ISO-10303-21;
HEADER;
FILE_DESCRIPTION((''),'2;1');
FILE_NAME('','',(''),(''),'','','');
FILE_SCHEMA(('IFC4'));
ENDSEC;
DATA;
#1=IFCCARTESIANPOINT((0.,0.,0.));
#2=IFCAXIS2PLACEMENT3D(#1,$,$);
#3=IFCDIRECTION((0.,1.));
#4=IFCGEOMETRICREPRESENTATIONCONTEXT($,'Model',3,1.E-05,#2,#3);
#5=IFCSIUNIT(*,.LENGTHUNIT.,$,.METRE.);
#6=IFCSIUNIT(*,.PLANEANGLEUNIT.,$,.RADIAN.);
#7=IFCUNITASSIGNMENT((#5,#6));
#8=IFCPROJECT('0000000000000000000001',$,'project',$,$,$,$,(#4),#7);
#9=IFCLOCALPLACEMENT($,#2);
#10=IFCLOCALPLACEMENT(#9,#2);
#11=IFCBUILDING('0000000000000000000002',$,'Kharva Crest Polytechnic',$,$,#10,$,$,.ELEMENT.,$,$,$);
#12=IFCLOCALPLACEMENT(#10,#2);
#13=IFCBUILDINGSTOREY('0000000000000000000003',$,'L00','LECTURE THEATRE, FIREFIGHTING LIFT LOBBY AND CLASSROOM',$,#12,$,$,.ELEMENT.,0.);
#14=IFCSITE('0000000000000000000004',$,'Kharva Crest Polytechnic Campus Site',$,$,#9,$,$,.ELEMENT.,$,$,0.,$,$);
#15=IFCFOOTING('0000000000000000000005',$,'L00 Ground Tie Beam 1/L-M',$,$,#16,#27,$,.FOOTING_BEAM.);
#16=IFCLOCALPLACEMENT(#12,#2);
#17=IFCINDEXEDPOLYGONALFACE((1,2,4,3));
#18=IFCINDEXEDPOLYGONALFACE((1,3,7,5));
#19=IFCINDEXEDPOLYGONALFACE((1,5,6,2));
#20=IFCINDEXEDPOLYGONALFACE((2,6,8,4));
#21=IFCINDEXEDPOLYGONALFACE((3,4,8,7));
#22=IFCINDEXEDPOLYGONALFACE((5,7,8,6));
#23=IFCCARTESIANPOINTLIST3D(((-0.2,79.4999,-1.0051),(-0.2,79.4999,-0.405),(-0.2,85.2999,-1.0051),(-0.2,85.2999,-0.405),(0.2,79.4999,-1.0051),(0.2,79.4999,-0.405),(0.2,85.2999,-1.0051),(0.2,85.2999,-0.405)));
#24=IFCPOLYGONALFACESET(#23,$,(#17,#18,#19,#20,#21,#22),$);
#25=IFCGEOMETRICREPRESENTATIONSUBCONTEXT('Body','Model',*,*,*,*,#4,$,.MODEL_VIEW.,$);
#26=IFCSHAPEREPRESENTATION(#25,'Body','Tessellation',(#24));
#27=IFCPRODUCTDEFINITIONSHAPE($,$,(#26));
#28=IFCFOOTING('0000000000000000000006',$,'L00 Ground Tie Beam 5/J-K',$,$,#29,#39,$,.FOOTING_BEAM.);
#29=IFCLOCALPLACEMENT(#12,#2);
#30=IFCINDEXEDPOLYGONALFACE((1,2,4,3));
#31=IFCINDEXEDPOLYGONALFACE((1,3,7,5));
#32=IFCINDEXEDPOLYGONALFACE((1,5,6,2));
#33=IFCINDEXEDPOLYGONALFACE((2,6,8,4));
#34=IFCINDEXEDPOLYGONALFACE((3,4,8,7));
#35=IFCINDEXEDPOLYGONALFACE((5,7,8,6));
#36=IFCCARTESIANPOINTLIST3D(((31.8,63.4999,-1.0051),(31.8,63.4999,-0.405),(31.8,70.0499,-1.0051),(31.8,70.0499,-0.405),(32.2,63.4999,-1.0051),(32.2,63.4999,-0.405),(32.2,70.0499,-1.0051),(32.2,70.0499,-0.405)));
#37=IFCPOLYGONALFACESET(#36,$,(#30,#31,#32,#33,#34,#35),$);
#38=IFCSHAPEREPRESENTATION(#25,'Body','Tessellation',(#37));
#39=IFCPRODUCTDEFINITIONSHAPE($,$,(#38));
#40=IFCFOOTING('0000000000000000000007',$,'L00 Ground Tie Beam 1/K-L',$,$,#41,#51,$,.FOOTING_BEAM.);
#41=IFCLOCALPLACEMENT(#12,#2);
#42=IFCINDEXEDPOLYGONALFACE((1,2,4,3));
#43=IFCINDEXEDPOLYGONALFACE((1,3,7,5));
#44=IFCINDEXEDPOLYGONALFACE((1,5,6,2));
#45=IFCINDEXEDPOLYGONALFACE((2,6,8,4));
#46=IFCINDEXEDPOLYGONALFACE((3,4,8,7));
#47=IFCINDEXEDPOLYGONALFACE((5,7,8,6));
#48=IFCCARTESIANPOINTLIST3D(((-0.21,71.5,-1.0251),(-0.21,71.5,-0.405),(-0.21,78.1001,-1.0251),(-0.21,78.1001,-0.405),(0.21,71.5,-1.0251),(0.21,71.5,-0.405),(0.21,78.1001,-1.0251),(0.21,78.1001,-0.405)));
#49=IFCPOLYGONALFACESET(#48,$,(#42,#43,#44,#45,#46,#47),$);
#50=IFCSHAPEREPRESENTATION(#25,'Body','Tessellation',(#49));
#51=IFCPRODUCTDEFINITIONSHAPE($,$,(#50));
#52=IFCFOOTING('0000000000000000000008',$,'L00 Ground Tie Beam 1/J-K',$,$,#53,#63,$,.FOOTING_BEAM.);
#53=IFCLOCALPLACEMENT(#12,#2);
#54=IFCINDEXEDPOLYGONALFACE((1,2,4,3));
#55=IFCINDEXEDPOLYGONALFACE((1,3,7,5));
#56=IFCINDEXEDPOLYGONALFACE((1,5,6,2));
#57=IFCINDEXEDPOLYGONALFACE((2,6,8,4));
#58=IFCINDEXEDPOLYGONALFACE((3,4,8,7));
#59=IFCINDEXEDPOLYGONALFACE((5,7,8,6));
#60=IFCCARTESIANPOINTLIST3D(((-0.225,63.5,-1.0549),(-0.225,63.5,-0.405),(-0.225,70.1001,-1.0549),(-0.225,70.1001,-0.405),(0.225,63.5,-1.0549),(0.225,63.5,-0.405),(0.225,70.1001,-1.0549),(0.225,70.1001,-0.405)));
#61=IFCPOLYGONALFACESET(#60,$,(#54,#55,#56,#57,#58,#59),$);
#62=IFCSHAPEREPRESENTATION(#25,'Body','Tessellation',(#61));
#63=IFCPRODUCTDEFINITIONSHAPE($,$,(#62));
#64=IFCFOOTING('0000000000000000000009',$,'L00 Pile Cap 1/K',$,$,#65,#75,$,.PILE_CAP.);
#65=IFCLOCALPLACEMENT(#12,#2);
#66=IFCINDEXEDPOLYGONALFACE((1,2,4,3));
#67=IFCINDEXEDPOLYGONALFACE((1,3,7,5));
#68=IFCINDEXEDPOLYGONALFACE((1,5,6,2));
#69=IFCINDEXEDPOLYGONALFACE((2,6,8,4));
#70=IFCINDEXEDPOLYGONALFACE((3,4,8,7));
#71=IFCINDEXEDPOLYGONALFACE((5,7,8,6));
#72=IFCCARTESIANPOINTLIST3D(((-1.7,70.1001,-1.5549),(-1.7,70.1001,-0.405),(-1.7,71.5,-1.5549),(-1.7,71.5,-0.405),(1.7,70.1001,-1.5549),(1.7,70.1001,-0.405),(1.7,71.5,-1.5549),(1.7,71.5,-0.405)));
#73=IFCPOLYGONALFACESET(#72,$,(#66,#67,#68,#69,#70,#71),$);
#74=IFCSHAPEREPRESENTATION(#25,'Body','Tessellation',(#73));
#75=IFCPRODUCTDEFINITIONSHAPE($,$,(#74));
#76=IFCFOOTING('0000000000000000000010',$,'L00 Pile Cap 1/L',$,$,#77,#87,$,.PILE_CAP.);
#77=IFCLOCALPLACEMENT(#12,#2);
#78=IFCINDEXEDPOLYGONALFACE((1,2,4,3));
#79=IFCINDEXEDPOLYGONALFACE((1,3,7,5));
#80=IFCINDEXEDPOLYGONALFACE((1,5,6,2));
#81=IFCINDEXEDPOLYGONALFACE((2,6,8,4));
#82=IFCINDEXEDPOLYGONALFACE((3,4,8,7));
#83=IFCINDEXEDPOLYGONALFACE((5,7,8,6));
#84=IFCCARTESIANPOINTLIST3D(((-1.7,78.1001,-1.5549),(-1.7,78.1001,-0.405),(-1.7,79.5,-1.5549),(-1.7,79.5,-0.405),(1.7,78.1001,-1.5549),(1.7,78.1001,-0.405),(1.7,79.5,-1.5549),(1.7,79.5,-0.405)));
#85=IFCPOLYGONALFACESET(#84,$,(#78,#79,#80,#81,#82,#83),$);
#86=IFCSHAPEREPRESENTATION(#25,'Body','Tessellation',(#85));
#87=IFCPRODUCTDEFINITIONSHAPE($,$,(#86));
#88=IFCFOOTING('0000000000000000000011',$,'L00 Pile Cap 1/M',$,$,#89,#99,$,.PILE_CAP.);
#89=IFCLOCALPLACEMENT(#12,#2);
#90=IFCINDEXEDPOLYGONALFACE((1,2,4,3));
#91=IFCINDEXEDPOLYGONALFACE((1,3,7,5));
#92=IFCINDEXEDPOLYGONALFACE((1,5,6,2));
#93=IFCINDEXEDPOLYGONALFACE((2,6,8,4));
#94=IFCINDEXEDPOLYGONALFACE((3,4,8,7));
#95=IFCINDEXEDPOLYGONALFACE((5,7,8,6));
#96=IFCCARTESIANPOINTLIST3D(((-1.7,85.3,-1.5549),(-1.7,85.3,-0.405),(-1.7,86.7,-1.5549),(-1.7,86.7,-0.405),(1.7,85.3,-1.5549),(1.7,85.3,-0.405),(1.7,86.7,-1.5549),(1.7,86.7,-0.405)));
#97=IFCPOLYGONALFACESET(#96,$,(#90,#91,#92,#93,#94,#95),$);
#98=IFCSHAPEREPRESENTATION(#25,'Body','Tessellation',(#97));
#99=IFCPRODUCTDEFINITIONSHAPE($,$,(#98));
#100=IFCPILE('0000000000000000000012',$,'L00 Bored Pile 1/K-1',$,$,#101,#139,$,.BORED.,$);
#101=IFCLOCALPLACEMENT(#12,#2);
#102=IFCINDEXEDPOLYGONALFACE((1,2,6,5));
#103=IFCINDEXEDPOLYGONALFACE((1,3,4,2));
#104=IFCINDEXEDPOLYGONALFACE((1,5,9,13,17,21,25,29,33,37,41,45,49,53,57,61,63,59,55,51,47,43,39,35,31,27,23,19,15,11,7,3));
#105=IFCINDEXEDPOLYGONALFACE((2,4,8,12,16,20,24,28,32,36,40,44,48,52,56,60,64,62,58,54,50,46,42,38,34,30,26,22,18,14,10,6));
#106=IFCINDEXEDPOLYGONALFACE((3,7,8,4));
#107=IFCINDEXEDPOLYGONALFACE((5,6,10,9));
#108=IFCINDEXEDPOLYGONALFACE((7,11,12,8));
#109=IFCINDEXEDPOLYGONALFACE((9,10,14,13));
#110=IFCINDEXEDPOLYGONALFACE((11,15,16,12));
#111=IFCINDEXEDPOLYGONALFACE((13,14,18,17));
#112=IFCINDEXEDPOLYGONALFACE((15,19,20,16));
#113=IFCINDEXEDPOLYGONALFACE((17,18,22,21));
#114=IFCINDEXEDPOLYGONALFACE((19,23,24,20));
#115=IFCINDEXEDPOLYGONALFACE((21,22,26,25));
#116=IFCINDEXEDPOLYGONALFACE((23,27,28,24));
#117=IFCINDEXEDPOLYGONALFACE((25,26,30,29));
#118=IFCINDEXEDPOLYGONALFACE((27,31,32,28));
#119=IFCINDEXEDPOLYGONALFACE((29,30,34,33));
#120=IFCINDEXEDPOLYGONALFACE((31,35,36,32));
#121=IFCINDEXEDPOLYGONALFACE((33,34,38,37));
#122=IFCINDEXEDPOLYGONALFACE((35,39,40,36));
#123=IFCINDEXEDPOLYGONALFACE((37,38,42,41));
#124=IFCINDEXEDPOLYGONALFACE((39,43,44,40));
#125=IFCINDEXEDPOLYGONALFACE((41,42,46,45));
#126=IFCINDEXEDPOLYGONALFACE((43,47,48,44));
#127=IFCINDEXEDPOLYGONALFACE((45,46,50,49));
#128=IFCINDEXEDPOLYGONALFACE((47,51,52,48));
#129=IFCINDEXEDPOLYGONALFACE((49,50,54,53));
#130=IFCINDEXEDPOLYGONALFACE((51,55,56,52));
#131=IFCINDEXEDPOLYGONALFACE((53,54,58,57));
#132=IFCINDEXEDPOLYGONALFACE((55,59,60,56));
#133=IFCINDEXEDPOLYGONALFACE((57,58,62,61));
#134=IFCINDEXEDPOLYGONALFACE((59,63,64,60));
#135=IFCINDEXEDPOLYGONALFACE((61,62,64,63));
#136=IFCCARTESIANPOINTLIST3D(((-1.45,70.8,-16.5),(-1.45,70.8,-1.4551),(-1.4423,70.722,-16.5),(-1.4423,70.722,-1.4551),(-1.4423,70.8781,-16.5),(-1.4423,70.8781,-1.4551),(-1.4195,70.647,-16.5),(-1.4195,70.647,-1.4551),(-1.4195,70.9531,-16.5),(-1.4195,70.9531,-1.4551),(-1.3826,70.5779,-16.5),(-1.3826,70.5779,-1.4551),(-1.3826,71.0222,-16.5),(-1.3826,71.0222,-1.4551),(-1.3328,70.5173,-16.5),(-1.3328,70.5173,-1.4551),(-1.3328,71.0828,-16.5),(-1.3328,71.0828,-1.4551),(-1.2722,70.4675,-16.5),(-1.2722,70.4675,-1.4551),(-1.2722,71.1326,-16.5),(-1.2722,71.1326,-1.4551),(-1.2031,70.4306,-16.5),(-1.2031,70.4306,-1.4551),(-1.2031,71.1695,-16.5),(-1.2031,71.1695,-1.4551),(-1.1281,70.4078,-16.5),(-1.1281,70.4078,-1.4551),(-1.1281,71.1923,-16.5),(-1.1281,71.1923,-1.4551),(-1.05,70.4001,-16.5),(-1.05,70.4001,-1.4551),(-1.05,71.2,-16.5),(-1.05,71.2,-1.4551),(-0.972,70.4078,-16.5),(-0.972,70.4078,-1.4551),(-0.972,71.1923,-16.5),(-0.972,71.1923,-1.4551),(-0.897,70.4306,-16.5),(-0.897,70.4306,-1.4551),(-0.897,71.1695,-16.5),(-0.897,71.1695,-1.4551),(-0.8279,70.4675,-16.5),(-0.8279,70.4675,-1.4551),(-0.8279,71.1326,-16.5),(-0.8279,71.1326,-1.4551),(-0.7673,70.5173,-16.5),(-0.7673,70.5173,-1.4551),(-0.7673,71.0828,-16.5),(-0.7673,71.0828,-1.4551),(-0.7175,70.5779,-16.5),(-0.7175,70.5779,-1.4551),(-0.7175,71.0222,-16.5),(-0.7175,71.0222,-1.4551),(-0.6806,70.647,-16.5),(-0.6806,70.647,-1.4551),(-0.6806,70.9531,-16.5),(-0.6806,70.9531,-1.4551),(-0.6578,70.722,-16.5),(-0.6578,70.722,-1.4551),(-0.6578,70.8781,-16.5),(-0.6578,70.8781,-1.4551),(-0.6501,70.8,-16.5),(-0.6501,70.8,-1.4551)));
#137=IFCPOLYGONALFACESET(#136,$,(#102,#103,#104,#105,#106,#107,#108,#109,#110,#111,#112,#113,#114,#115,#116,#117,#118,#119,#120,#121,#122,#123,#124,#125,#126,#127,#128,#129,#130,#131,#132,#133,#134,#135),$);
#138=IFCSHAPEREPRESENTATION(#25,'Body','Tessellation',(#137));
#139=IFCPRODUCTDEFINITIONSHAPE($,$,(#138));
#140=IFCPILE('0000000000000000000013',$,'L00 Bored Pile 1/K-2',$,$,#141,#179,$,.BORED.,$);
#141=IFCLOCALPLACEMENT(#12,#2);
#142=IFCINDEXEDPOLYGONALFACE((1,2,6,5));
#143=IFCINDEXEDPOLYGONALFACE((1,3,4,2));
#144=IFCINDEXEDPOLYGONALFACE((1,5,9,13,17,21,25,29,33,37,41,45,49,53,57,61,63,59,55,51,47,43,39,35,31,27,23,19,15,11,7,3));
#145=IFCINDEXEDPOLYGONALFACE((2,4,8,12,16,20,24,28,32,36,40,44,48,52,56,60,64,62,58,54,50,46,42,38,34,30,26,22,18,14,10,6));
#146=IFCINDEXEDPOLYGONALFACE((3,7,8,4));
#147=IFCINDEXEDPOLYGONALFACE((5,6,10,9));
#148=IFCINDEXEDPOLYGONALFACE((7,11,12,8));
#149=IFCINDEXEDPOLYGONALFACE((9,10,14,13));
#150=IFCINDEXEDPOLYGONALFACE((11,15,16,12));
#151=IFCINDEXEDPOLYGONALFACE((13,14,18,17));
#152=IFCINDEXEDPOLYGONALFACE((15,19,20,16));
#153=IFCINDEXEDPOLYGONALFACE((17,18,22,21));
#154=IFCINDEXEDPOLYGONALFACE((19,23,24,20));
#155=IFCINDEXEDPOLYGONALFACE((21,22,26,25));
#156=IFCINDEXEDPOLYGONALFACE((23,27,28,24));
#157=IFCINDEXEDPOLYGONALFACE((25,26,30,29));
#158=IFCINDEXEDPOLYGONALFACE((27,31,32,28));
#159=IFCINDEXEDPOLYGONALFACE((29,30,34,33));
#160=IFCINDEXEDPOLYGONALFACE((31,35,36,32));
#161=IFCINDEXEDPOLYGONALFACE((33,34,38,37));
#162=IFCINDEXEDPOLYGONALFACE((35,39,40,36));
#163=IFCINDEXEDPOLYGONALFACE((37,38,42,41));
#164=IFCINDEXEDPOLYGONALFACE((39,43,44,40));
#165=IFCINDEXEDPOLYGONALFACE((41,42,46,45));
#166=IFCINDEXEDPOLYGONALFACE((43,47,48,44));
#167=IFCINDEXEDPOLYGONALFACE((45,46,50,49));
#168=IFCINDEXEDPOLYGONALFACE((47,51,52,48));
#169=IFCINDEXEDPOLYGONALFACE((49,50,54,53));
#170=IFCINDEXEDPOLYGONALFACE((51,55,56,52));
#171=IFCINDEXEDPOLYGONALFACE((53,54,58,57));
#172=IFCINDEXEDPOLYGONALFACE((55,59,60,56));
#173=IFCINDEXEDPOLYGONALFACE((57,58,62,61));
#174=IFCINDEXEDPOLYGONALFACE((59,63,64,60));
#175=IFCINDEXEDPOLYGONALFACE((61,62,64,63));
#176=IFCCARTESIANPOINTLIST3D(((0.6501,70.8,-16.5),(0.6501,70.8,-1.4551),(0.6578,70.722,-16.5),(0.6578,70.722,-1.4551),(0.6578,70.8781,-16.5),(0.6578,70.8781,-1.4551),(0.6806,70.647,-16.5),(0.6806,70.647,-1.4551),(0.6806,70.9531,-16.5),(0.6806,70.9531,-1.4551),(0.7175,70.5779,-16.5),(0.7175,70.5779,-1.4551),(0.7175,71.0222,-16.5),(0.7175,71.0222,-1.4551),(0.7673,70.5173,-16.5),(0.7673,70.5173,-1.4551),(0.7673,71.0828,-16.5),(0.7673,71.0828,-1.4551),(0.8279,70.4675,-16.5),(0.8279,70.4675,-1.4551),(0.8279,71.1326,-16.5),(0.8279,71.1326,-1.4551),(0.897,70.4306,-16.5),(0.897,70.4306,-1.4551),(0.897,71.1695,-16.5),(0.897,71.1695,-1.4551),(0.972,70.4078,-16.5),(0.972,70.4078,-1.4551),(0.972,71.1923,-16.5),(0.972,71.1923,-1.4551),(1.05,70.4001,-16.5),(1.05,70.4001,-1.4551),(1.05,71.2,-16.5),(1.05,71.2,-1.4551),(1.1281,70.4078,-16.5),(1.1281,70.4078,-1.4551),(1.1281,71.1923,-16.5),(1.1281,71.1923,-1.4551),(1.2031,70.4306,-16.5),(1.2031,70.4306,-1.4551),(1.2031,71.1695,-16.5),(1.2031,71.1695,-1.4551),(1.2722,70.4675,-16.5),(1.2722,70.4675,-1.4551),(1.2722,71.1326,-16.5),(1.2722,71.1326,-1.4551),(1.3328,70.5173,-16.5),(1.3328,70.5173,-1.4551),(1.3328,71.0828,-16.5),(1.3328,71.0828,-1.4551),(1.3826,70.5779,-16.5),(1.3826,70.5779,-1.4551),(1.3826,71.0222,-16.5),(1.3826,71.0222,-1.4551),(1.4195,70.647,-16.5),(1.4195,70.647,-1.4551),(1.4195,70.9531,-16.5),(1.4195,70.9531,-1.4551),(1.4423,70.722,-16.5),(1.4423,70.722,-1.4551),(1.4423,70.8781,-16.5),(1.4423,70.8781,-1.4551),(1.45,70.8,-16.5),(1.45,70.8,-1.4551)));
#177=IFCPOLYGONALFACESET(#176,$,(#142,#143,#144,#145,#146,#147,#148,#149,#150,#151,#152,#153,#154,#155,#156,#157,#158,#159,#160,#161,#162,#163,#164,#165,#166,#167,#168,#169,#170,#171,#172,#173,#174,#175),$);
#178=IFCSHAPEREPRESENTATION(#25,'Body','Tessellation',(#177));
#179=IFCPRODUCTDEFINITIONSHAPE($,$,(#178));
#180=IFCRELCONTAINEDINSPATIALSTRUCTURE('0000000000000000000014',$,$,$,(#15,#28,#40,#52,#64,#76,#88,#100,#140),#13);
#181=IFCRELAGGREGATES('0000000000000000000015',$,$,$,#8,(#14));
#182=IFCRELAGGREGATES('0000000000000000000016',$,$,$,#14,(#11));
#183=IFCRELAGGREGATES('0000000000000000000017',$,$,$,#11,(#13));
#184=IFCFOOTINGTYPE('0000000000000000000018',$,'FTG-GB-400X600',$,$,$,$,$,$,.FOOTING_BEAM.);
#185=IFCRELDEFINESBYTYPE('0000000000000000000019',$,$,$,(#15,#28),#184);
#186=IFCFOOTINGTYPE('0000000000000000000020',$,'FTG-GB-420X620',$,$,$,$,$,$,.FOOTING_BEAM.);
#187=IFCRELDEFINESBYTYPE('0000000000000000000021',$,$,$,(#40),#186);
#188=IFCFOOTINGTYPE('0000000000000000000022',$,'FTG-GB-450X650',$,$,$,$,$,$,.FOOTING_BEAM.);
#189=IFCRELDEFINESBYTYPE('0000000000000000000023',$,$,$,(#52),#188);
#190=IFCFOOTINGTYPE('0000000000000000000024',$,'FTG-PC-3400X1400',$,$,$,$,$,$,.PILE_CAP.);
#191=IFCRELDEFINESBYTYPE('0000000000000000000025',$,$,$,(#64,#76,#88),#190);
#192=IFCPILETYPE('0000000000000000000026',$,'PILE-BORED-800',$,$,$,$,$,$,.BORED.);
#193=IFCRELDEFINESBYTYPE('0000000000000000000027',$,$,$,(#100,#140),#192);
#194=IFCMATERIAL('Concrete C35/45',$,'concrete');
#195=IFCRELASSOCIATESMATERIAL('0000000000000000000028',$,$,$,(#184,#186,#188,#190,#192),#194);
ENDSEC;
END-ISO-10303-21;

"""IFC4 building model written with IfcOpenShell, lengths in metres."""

from ifc_helpers import new_model, si_unit, direction, frame, origin, origin_2d, place, context, subcontext, project, spatial, rectangle, circle, extrude, material, material_profile, profile_set, type_object, element, save


model = new_model("IFC4")

# Units and contexts
model_context = context("Model", 3, precision=1e-05, world=origin(), true_north=direction((0.0, 1.0)))
body_context = subcontext(model_context, "Body", "Model", "MODEL_VIEW")
ifc_project = project(units=[si_unit("LENGTHUNIT", "METRE"), si_unit("PLANEANGLEUNIT", "RADIAN")], contexts=[model_context])

# Site, building, storey
site_placement = place(None, origin())
site = spatial("IfcSite", under=ifc_project, at=site_placement, Name="Kharva Crest Polytechnic Campus Site", CompositionType="ELEMENT", RefElevation=0.0)
building_placement = place(site_placement, origin())
building = spatial("IfcBuilding", under=site, at=building_placement, Name="Kharva Crest Polytechnic", CompositionType="ELEMENT")
storey_placement = place(building_placement, origin())
storey = spatial("IfcBuildingStorey", under=building, at=storey_placement, Name="L00", Description="LECTURE THEATRE, FIREFIGHTING LIFT LOBBY AND CLASSROOM", CompositionType="ELEMENT", Elevation=0.0)

# Footings
ifc_material_1 = material(Name="Concrete C35/45", Category="concrete")
footing_type_1 = type_object("IfcFootingType", Name="FTG-GB-400X600", PredefinedType="FOOTING_BEAM", material=ifc_material_1)
footing_1_placement = place(storey_placement, frame((0.0, 82.3999, -1.0051), z_axis=(0.0, 0.0, 1.0), x_axis=(0.0, 1.0, 0.0)))
element("IfcFooting", 1, at=footing_1_placement, inside=storey, type_object=footing_type_1, Name="L00 Ground Tie Beam 1/L-M", PredefinedType="FOOTING_BEAM", context=body_context, shape_type="SweptSolid", body=[
    extrude(rectangle(XDim=5.8, YDim=0.3999, at=origin_2d()), origin(), (0.0, 0.0, 1.0), 0.6001),
])
footing_2_placement = place(storey_placement, frame((32.0, 66.7749, -1.0051), z_axis=(0.0, 0.0, 1.0), x_axis=(0.0, 1.0, 0.0)))
element("IfcFooting", 2, at=footing_2_placement, inside=storey, type_object=footing_type_1, Name="L00 Ground Tie Beam 5/J-K", PredefinedType="FOOTING_BEAM", context=body_context, shape_type="SweptSolid", body=[
    extrude(rectangle(XDim=6.55, YDim=0.3999, at=origin_2d()), origin(), (0.0, 0.0, 1.0), 0.6001),
])
footing_type_2 = type_object("IfcFootingType", Name="FTG-GB-420X620", PredefinedType="FOOTING_BEAM", material=ifc_material_1)
footing_3_placement = place(storey_placement, frame((0.0, 74.8, -1.0251), z_axis=(0.0, 0.0, 1.0), x_axis=(0.0, 1.0, 0.0)))
element("IfcFooting", 3, at=footing_3_placement, inside=storey, type_object=footing_type_2, Name="L00 Ground Tie Beam 1/K-L", PredefinedType="FOOTING_BEAM", context=body_context, shape_type="SweptSolid", body=[
    extrude(rectangle(XDim=6.6001, YDim=0.4199, at=origin_2d()), origin(), (0.0, 0.0, 1.0), 0.6201),
])
footing_type_3 = type_object("IfcFootingType", Name="FTG-GB-450X650", PredefinedType="FOOTING_BEAM", material=ifc_material_1)
footing_4_placement = place(storey_placement, frame((0.0, 66.8, -1.0549), z_axis=(0.0, 0.0, 1.0), x_axis=(0.0, 1.0, 0.0)))
element("IfcFooting", 4, at=footing_4_placement, inside=storey, type_object=footing_type_3, Name="L00 Ground Tie Beam 1/J-K", PredefinedType="FOOTING_BEAM", context=body_context, shape_type="SweptSolid", body=[
    extrude(rectangle(XDim=6.6001, YDim=0.45, at=origin_2d()), origin(), (0.0, 0.0, 1.0), 0.6499),
])
footing_type_4 = type_object("IfcFootingType", Name="FTG-PC-3400X1400", PredefinedType="PILE_CAP", material=ifc_material_1)
for number, where, z_axis, x_axis, name in (
    (5, (0.0, 70.8, -1.5549), (0.0, 0.0, 1.0), (1.0, 0.0, 0.0), "L00 Pile Cap 1/K"),
    (6, (0.0, 78.8, -1.5549), (0.0, 0.0, 1.0), (1.0, 0.0, 0.0), "L00 Pile Cap 1/L"),
    (7, (0.0, 86.0, -1.5549), (0.0, 0.0, 1.0), (1.0, 0.0, 0.0), "L00 Pile Cap 1/M"),
):
    element("IfcFooting", number, at=place(storey_placement, frame(where, z_axis=z_axis, x_axis=x_axis)), inside=storey, type_object=footing_type_4, Name=name, PredefinedType="PILE_CAP", context=body_context, shape_type="SweptSolid", body=[
        extrude(rectangle(XDim=3.3999, YDim=1.3999, at=origin_2d()), origin(), (0.0, 0.0, 1.0), 1.1499),
    ])

# Piles
ifc_material_profile_1 = material_profile(ifc_material_1, circle(Radius=0.3999, at=origin_2d()), Name="DIA 800")
ifc_profile_set_1 = profile_set([ifc_material_profile_1], Name="Concrete C35/45")
pile_type_1 = type_object("IfcPileType", Name="PILE-BORED-800", PredefinedType="BORED", material=ifc_profile_set_1)
for number, where, z_axis, x_axis, name in (
    (8, (-1.05, 70.8, -1.4551), (0.0, 0.0, -1.0), (1.0, 0.0, 0.0), "L00 Bored Pile 1/K-1"),
    (9, (1.05, 70.8, -1.4551), (0.0, 0.0, -1.0), (1.0, 0.0, 0.0), "L00 Bored Pile 1/K-2"),
):
    element("IfcPile", number, at=place(storey_placement, frame(where, z_axis=z_axis, x_axis=x_axis)), inside=storey, type_object=pile_type_1, Name=name, PredefinedType="BORED", context=body_context, shape_type="SweptSolid", body=[
        extrude(circle(Radius=0.3999, at=origin_2d()), origin(), (0.0, 0.0, 1.0), 15.0449),
    ])

save(model, "model.ifc")
